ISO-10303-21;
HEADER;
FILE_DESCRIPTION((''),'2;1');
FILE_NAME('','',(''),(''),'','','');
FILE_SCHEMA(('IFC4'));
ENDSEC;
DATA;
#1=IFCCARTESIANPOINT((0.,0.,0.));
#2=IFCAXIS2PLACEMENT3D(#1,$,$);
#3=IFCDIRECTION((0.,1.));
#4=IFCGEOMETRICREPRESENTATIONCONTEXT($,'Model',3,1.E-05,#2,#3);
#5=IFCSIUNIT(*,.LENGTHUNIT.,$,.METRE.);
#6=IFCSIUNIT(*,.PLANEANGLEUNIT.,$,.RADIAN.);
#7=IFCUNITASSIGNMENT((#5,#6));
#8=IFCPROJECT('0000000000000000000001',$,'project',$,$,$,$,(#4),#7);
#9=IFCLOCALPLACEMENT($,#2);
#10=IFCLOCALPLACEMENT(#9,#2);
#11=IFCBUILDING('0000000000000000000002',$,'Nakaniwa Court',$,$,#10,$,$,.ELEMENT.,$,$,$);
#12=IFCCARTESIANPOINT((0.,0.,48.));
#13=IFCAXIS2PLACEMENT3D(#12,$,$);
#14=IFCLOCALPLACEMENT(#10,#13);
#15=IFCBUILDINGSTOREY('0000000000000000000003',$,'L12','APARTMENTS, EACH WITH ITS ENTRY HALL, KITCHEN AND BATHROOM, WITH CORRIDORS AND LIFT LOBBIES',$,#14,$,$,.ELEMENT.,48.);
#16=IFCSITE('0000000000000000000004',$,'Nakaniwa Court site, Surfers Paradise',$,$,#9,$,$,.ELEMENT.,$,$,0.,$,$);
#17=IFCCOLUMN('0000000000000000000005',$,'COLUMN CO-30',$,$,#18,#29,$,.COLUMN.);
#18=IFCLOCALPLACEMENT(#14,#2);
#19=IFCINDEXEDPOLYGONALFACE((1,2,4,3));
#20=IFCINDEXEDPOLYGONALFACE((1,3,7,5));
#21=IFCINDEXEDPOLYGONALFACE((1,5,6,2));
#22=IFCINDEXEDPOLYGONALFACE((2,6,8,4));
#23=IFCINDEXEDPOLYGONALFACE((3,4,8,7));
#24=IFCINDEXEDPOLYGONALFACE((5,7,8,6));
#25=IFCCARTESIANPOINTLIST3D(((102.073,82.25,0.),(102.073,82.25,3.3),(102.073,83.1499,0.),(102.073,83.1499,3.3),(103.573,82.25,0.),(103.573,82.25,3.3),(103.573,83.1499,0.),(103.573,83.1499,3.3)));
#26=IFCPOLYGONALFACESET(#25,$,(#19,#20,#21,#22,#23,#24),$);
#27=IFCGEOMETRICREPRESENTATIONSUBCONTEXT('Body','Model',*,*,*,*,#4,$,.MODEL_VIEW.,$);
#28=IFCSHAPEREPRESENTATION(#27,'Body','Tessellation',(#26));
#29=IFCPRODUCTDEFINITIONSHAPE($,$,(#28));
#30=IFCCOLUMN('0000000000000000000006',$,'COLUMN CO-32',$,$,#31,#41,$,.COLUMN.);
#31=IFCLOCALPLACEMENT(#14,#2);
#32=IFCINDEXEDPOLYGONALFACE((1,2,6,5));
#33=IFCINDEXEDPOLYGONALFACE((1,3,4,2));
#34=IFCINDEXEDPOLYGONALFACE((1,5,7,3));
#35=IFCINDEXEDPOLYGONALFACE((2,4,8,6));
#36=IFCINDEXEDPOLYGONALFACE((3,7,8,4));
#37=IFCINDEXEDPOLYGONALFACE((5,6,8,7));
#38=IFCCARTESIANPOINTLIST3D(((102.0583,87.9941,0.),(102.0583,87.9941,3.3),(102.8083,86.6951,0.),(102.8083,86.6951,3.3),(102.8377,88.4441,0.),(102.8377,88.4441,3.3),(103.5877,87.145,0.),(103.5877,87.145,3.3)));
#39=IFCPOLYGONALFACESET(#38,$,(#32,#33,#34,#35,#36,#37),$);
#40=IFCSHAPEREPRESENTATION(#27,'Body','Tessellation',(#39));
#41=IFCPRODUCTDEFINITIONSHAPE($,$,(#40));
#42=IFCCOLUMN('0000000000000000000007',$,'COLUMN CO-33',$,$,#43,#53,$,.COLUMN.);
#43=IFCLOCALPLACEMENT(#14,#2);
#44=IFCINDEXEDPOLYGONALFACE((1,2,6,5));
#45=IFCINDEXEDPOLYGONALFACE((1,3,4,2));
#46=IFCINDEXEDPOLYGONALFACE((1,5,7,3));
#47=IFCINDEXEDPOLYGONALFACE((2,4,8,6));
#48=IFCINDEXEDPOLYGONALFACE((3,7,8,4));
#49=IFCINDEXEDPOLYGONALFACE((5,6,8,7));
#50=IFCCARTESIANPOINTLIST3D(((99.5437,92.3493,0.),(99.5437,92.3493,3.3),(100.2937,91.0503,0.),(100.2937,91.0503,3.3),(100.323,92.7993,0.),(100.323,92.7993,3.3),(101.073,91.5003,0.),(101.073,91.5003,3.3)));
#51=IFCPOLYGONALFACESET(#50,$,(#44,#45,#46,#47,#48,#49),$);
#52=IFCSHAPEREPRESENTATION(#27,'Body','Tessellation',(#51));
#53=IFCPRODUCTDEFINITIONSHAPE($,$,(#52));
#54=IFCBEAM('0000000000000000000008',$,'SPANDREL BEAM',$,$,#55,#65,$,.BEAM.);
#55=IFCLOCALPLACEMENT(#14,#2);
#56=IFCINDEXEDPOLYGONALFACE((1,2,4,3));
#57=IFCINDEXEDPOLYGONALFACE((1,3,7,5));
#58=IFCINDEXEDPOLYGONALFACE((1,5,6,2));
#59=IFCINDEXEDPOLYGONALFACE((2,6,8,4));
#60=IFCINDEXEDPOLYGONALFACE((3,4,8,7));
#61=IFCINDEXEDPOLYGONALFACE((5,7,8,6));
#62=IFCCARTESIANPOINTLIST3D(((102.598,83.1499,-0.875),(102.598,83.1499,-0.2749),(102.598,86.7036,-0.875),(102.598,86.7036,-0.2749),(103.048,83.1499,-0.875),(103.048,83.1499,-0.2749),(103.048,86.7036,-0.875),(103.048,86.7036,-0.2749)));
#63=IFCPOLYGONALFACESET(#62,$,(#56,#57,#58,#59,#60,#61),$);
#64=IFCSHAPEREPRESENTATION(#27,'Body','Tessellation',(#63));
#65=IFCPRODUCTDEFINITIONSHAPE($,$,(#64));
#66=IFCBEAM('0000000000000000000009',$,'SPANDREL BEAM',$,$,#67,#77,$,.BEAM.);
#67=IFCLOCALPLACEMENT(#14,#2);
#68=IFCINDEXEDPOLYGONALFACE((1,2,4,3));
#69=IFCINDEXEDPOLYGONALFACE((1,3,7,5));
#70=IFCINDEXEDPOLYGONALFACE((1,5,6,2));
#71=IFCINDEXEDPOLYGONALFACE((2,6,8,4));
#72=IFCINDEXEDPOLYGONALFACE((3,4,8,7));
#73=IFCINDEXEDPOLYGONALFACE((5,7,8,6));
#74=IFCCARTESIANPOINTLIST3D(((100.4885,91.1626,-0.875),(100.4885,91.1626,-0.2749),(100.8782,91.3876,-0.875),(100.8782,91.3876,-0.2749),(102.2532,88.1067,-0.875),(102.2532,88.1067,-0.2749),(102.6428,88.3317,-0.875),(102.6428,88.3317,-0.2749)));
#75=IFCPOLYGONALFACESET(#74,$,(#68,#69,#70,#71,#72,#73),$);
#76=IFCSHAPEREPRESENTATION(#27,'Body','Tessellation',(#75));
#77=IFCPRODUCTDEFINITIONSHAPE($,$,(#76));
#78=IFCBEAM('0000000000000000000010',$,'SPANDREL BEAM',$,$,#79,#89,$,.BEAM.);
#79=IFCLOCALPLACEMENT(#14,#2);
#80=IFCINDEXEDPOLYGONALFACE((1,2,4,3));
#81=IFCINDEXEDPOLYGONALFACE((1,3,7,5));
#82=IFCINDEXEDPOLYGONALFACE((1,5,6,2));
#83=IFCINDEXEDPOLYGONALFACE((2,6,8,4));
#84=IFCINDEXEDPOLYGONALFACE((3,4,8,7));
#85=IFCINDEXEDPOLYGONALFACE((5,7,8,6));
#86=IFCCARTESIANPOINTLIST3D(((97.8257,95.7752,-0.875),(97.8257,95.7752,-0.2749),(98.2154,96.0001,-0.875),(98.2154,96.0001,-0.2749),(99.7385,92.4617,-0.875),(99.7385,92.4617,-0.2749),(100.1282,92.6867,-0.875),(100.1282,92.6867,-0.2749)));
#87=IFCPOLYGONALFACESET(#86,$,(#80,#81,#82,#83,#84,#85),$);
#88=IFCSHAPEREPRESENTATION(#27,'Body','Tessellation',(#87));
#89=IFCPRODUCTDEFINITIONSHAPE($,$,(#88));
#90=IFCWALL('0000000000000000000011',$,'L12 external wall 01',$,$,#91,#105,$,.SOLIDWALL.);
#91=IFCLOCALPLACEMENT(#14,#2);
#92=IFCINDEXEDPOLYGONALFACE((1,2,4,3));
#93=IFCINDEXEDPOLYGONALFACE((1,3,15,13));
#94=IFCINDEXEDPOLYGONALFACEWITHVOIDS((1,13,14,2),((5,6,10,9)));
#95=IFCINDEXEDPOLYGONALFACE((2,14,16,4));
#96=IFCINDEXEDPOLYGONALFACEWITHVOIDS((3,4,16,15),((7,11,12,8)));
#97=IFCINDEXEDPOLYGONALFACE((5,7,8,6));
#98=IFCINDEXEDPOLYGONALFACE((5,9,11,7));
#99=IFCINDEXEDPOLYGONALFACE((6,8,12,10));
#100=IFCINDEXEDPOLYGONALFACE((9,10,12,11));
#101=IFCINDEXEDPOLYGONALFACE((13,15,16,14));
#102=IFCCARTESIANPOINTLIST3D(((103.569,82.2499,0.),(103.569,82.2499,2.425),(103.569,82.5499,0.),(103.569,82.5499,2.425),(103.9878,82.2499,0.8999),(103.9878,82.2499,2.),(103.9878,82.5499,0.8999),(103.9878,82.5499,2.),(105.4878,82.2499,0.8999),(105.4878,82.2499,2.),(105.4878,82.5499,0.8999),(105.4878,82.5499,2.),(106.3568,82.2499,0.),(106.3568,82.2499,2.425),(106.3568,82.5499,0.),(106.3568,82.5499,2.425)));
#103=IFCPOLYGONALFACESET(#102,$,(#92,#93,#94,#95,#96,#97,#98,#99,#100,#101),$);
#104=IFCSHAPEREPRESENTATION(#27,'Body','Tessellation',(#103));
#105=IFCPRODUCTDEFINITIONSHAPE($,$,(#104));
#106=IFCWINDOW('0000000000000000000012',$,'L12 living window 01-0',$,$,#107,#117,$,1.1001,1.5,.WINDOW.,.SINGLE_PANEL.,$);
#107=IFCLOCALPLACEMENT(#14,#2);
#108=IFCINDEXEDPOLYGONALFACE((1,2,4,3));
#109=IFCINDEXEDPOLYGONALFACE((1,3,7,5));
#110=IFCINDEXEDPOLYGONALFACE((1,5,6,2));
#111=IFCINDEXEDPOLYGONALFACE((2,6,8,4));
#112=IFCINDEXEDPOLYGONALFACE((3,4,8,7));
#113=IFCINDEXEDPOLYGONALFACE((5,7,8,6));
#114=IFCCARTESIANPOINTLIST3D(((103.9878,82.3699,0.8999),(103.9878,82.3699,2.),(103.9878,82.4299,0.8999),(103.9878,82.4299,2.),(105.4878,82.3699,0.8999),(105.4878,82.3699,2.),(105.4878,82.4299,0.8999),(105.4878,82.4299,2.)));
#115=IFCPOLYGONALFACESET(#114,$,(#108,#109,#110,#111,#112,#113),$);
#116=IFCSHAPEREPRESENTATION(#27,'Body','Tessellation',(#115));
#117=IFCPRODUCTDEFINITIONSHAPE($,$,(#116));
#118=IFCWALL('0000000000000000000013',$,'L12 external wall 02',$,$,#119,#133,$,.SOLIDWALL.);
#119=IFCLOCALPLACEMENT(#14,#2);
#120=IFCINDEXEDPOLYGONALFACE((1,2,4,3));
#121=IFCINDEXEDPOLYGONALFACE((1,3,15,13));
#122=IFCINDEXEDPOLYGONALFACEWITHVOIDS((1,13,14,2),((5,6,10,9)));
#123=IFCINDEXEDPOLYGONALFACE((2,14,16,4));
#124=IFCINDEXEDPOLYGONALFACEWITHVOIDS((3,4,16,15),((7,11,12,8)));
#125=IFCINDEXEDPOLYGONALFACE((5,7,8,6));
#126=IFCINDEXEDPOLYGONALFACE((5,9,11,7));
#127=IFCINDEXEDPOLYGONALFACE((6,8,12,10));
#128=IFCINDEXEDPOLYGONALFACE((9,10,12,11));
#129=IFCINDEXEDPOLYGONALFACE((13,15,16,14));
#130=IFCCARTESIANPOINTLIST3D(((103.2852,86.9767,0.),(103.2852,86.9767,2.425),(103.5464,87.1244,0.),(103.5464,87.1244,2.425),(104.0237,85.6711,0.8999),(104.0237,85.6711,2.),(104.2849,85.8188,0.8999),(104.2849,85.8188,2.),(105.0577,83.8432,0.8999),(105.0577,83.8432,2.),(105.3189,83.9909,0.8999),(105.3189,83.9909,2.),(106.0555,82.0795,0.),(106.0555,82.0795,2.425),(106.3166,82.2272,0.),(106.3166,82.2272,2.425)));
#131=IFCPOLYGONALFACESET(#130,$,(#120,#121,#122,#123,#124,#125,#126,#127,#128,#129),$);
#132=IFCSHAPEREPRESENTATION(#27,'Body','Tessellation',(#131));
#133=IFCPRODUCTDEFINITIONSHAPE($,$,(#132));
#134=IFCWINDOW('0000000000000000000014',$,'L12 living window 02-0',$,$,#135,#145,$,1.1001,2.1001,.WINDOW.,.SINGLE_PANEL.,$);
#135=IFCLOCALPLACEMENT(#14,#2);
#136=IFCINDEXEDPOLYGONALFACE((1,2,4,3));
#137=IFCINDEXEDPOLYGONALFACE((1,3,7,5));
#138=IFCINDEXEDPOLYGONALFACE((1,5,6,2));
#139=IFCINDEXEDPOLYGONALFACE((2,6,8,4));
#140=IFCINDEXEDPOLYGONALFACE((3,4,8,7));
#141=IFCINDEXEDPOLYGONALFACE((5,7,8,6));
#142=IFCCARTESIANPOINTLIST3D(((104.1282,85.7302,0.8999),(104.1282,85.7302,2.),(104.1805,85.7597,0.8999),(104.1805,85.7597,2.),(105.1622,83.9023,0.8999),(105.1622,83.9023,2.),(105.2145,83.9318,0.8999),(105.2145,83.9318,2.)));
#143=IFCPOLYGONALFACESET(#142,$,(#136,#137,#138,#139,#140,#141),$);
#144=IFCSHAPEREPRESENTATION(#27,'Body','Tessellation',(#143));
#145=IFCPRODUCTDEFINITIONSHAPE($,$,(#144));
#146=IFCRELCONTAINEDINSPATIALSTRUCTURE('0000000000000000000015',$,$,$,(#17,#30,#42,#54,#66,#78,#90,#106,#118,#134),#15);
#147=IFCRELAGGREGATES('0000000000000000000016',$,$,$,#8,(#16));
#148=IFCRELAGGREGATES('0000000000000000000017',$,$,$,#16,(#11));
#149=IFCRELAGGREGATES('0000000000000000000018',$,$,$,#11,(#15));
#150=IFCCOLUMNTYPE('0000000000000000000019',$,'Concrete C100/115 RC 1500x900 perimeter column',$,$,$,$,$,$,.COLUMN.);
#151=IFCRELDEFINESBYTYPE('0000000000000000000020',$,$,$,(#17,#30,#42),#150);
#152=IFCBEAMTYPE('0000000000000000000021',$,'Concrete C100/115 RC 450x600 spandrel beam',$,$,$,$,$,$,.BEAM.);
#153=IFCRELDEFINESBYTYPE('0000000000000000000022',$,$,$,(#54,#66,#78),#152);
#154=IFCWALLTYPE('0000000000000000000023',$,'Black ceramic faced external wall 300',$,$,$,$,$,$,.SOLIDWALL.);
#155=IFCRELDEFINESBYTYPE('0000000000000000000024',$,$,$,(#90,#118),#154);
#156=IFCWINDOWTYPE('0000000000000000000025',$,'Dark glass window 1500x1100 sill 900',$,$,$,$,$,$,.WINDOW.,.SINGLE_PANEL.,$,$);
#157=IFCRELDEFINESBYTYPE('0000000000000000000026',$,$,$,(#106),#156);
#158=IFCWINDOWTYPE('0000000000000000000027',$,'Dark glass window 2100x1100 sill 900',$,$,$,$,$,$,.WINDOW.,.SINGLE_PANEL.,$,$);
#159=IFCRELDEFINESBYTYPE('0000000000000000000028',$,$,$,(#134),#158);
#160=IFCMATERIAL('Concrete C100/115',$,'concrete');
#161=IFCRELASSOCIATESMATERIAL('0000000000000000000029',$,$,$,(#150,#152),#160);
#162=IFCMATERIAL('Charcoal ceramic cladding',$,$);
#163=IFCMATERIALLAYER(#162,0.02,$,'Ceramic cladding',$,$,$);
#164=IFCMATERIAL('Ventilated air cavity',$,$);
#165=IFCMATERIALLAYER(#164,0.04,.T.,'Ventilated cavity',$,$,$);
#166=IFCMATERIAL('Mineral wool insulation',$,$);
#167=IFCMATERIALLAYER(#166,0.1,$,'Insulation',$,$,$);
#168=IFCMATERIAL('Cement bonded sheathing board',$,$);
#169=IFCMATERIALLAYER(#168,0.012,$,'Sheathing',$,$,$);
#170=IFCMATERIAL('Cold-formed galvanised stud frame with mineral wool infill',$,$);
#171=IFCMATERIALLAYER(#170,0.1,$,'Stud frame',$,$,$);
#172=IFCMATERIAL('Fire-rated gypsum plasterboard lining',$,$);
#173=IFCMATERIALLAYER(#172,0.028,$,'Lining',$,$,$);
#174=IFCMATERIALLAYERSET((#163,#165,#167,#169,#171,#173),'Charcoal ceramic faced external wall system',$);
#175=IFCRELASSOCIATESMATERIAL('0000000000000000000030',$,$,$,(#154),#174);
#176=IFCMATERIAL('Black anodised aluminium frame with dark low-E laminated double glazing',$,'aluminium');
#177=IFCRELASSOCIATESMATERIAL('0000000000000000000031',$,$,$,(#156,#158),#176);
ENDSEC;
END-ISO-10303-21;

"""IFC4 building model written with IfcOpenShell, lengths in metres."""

from ifc_helpers import new_model, si_unit, direction, frame, frame_2d, origin, origin_2d, place, context, subcontext, project, spatial, rectangle, extrude, material, layer, layer_set, material_profile, profile_set, type_object, element, fill, save


model = new_model("IFC4")

# Units and contexts
model_context = context("Model", 3, precision=1e-05, world=origin(), true_north=direction((0.0, 1.0)))
body_context = subcontext(model_context, "Body", "Model", "MODEL_VIEW")
ifc_project = project(units=[si_unit("LENGTHUNIT", "METRE"), si_unit("PLANEANGLEUNIT", "RADIAN")], contexts=[model_context])

# Site, building, storey
site_placement = place(None, origin())
site = spatial("IfcSite", under=ifc_project, at=site_placement, Name="Nakaniwa Court site, Surfers Paradise", CompositionType="ELEMENT", RefElevation=0.0)
building_placement = place(site_placement, origin())
building = spatial("IfcBuilding", under=site, at=building_placement, Name="Nakaniwa Court", CompositionType="ELEMENT")
storey_placement = place(building_placement, frame((0.0, 0.0, 48.0)))
storey = spatial("IfcBuildingStorey", under=building, at=storey_placement, Name="L12", Description="APARTMENTS, EACH WITH ITS ENTRY HALL, KITCHEN AND BATHROOM, WITH CORRIDORS AND LIFT LOBBIES", CompositionType="ELEMENT", Elevation=48.0)

# Columns
ifc_material_1 = material(Name="Concrete C100/115", Category="concrete")
ifc_material_profile_1 = material_profile(ifc_material_1, rectangle(XDim=1.5, YDim=0.8999, at=origin_2d()), Name="Concrete C100/115 RC 1500x900 perimeter column")
ifc_profile_set_1 = profile_set([ifc_material_profile_1], Name="Concrete C100/115")
column_type = type_object("IfcColumnType", Name="Concrete C100/115 RC 1500x900 perimeter column", PredefinedType="COLUMN", material=ifc_profile_set_1)
for number, where, z_axis, x_axis, name in (
    (1, (102.823, 82.7, 0.0), (0.0, 0.0, 1.0), (1.0, 0.0, 0.0), "COLUMN CO-30"),
    (2, (102.823, 87.5696, 0.0), (0.0, 0.0, 1.0), (-0.5, 0.866025, 0.0), "COLUMN CO-32"),
    (3, (100.3083, 91.9248, 0.0), (0.0, 0.0, 1.0), (-0.5, 0.866025, 0.0), "COLUMN CO-33"),
):
    element("IfcColumn", number, at=place(storey_placement, frame(where, z_axis=z_axis, x_axis=x_axis)), inside=storey, type_object=column_type, Name=name, PredefinedType="COLUMN", context=body_context, shape_type="SweptSolid", body=[
        extrude(rectangle(XDim=1.5, YDim=0.8999, at=origin_2d()), origin(), (0.0, 0.0, 1.0), 3.3),
    ])

# Beams
ifc_material_profile_2 = material_profile(ifc_material_1, rectangle(XDim=0.45, YDim=0.6001, at=origin_2d()), Name="Concrete C100/115 RC 450x600 spandrel beam")
ifc_profile_set_2 = profile_set([ifc_material_profile_2], Name="Concrete C100/115")
beam_type = type_object("IfcBeamType", Name="Concrete C100/115 RC 450x600 spandrel beam", PredefinedType="BEAM", material=ifc_profile_set_2)
beam_1_placement = place(storey_placement, frame((102.823, 83.1499, -0.575), z_axis=(0.0, 1.0, 0.0), x_axis=(-1.0, 0.0, 0.0)))
element("IfcBeam", 4, at=beam_1_placement, inside=storey, type_object=beam_type, Name="SPANDREL BEAM", PredefinedType="BEAM", context=body_context, shape_type="SweptSolid", body=[
    extrude(rectangle(XDim=0.45, YDim=0.6001, at=origin_2d()), origin(), (0.0, 0.0, 1.0), 3.5537),
])
beam_2_placement = place(storey_placement, frame((102.448, 88.2192, -0.575), z_axis=(-0.500068, 0.865986, 0.0), x_axis=(-0.865986, -0.500068, 0.0)))
element("IfcBeam", 5, at=beam_2_placement, inside=storey, type_object=beam_type, Name="SPANDREL BEAM", PredefinedType="BEAM", context=body_context, shape_type="SweptSolid", body=[
    extrude(rectangle(XDim=0.45, YDim=0.6001, at=origin_2d()), origin(), (0.0, 0.0, 1.0), 3.5288),
])
beam_3_placement = place(storey_placement, frame((99.9333, 92.5742, -0.575), z_axis=(-0.499962, 0.866047, 0.0), x_axis=(-0.866047, -0.499962, 0.0)))
element("IfcBeam", 6, at=beam_3_placement, inside=storey, type_object=beam_type, Name="SPANDREL BEAM", PredefinedType="BEAM", context=body_context, shape_type="SweptSolid", body=[
    extrude(rectangle(XDim=0.45, YDim=0.6001, at=origin_2d()), origin(), (0.0, 0.0, 1.0), 3.8259),
])

# Walls, openings, windows
ifc_material_2 = material(Name="Charcoal ceramic cladding")
ifc_layer_1 = layer(ifc_material_2, 0.02, Name="Ceramic cladding")
ifc_material_3 = material(Name="Ventilated air cavity")
ifc_layer_2 = layer(ifc_material_3, 0.04, ventilated=True, Name="Ventilated cavity")
ifc_material_4 = material(Name="Mineral wool insulation")
ifc_layer_3 = layer(ifc_material_4, 0.1, Name="Insulation")
ifc_material_5 = material(Name="Cement bonded sheathing board")
ifc_layer_4 = layer(ifc_material_5, 0.012, Name="Sheathing")
ifc_material_6 = material(Name="Cold-formed galvanised stud frame with mineral wool infill")
ifc_layer_5 = layer(ifc_material_6, 0.1, Name="Stud frame")
ifc_material_7 = material(Name="Fire-rated gypsum plasterboard lining")
ifc_layer_6 = layer(ifc_material_7, 0.028, Name="Lining")
ifc_layer_set = layer_set([ifc_layer_1, ifc_layer_2, ifc_layer_3, ifc_layer_4, ifc_layer_5, ifc_layer_6], Name="Charcoal ceramic faced external wall system")
wall_type = type_object("IfcWallType", Name="Black ceramic faced external wall 300", PredefinedType="SOLIDWALL", material=ifc_layer_set)
wall_1_placement = place(storey_placement, frame((103.5688, 82.3999, 0.0), z_axis=(0.0, 0.0, 1.0), x_axis=(1.0, 0.0, 0.0)))
wall_1 = element("IfcWall", 7, at=wall_1_placement, inside=storey, type_object=wall_type, Name="L12 external wall 01", PredefinedType="SOLIDWALL", context=body_context, shape_type="SweptSolid", body=[
    extrude(rectangle(XDim=2.7878, YDim=0.3, at=frame_2d((1.394, 0.0))), origin(), (0.0, 0.0, 1.0), 2.425),
])
opening_1_placement = place(wall_1_placement, frame((0.4189, 0.0, 0.8999)))
opening_1 = element("IfcOpeningElement", 8, at=opening_1_placement, cuts=wall_1, PredefinedType="OPENING", context=body_context, shape_type="SweptSolid", body=[
    extrude(rectangle(XDim=1.5, YDim=1.1001, at=frame_2d((0.75, 0.55))), frame((0.0, 0.1599, 0.0), z_axis=(0.0, -1.0, 0.0), x_axis=(1.0, 0.0, 0.0)), (0.0, 0.0, 1.0), 0.3201),
])
ifc_material_8 = material(Name="Black anodised aluminium frame with dark low-E laminated double glazing", Category="aluminium")
window_type_1 = type_object("IfcWindowType", Name="Dark glass window 1500x1100 sill 900", PartitioningType="SINGLE_PANEL", PredefinedType="WINDOW", material=ifc_material_8)
window_1_placement = place(opening_1_placement, origin())
window_1 = element("IfcWindow", 9, at=window_1_placement, inside=storey, type_object=window_type_1, Name="L12 living window 01-0", OverallHeight=1.1001, OverallWidth=1.5, PartitioningType="SINGLE_PANEL", PredefinedType="WINDOW", context=body_context, shape_type="SweptSolid", body=[
    extrude(rectangle(XDim=1.5, YDim=1.1001, at=frame_2d((0.75, 0.55))), frame((0.0, 0.03, 0.0), z_axis=(0.0, -1.0, 0.0), x_axis=(1.0, 0.0, 0.0)), (0.0, 0.0, 1.0), 0.0601),
])
fill(opening_1, window_1)
wall_2_placement = place(storey_placement, frame((106.186, 82.1533, 0.0), z_axis=(0.0, 0.0, 1.0), x_axis=(-0.492363, 0.87039, 0.0)))
wall_2 = element("IfcWall", 10, at=wall_2_placement, inside=storey, type_object=wall_type, Name="L12 external wall 02", PredefinedType="SOLIDWALL", context=body_context, shape_type="SweptSolid", body=[
    extrude(rectangle(XDim=5.6265, YDim=0.3, at=frame_2d((2.8132, 0.0))), origin(), (0.0, 0.0, 1.0), 2.425),
])
opening_2_placement = place(wall_2_placement, frame((2.0264, 0.0, 0.8999)))
opening_2 = element("IfcOpeningElement", 11, at=opening_2_placement, cuts=wall_2, PredefinedType="OPENING", context=body_context, shape_type="SweptSolid", body=[
    extrude(rectangle(XDim=2.1001, YDim=1.1001, at=frame_2d((1.05, 0.55))), frame((0.0, 0.1599, 0.0), z_axis=(0.0, -1.0, 0.0), x_axis=(1.0, 0.0, 0.0)), (0.0, 0.0, 1.0), 0.3201),
])
window_type_2 = type_object("IfcWindowType", Name="Dark glass window 2100x1100 sill 900", PartitioningType="SINGLE_PANEL", PredefinedType="WINDOW", material=ifc_material_8)
window_2_placement = place(opening_2_placement, origin())
window_2 = element("IfcWindow", 12, at=window_2_placement, inside=storey, type_object=window_type_2, Name="L12 living window 02-0", OverallHeight=1.1001, OverallWidth=2.1001, PartitioningType="SINGLE_PANEL", PredefinedType="WINDOW", context=body_context, shape_type="SweptSolid", body=[
    extrude(rectangle(XDim=2.1001, YDim=1.1001, at=frame_2d((1.05, 0.55))), frame((0.0, 0.03, 0.0), z_axis=(0.0, -1.0, 0.0), x_axis=(1.0, 0.0, 0.0)), (0.0, 0.0, 1.0), 0.0601),
])
fill(opening_2, window_2)

save(model, "model.ifc")
